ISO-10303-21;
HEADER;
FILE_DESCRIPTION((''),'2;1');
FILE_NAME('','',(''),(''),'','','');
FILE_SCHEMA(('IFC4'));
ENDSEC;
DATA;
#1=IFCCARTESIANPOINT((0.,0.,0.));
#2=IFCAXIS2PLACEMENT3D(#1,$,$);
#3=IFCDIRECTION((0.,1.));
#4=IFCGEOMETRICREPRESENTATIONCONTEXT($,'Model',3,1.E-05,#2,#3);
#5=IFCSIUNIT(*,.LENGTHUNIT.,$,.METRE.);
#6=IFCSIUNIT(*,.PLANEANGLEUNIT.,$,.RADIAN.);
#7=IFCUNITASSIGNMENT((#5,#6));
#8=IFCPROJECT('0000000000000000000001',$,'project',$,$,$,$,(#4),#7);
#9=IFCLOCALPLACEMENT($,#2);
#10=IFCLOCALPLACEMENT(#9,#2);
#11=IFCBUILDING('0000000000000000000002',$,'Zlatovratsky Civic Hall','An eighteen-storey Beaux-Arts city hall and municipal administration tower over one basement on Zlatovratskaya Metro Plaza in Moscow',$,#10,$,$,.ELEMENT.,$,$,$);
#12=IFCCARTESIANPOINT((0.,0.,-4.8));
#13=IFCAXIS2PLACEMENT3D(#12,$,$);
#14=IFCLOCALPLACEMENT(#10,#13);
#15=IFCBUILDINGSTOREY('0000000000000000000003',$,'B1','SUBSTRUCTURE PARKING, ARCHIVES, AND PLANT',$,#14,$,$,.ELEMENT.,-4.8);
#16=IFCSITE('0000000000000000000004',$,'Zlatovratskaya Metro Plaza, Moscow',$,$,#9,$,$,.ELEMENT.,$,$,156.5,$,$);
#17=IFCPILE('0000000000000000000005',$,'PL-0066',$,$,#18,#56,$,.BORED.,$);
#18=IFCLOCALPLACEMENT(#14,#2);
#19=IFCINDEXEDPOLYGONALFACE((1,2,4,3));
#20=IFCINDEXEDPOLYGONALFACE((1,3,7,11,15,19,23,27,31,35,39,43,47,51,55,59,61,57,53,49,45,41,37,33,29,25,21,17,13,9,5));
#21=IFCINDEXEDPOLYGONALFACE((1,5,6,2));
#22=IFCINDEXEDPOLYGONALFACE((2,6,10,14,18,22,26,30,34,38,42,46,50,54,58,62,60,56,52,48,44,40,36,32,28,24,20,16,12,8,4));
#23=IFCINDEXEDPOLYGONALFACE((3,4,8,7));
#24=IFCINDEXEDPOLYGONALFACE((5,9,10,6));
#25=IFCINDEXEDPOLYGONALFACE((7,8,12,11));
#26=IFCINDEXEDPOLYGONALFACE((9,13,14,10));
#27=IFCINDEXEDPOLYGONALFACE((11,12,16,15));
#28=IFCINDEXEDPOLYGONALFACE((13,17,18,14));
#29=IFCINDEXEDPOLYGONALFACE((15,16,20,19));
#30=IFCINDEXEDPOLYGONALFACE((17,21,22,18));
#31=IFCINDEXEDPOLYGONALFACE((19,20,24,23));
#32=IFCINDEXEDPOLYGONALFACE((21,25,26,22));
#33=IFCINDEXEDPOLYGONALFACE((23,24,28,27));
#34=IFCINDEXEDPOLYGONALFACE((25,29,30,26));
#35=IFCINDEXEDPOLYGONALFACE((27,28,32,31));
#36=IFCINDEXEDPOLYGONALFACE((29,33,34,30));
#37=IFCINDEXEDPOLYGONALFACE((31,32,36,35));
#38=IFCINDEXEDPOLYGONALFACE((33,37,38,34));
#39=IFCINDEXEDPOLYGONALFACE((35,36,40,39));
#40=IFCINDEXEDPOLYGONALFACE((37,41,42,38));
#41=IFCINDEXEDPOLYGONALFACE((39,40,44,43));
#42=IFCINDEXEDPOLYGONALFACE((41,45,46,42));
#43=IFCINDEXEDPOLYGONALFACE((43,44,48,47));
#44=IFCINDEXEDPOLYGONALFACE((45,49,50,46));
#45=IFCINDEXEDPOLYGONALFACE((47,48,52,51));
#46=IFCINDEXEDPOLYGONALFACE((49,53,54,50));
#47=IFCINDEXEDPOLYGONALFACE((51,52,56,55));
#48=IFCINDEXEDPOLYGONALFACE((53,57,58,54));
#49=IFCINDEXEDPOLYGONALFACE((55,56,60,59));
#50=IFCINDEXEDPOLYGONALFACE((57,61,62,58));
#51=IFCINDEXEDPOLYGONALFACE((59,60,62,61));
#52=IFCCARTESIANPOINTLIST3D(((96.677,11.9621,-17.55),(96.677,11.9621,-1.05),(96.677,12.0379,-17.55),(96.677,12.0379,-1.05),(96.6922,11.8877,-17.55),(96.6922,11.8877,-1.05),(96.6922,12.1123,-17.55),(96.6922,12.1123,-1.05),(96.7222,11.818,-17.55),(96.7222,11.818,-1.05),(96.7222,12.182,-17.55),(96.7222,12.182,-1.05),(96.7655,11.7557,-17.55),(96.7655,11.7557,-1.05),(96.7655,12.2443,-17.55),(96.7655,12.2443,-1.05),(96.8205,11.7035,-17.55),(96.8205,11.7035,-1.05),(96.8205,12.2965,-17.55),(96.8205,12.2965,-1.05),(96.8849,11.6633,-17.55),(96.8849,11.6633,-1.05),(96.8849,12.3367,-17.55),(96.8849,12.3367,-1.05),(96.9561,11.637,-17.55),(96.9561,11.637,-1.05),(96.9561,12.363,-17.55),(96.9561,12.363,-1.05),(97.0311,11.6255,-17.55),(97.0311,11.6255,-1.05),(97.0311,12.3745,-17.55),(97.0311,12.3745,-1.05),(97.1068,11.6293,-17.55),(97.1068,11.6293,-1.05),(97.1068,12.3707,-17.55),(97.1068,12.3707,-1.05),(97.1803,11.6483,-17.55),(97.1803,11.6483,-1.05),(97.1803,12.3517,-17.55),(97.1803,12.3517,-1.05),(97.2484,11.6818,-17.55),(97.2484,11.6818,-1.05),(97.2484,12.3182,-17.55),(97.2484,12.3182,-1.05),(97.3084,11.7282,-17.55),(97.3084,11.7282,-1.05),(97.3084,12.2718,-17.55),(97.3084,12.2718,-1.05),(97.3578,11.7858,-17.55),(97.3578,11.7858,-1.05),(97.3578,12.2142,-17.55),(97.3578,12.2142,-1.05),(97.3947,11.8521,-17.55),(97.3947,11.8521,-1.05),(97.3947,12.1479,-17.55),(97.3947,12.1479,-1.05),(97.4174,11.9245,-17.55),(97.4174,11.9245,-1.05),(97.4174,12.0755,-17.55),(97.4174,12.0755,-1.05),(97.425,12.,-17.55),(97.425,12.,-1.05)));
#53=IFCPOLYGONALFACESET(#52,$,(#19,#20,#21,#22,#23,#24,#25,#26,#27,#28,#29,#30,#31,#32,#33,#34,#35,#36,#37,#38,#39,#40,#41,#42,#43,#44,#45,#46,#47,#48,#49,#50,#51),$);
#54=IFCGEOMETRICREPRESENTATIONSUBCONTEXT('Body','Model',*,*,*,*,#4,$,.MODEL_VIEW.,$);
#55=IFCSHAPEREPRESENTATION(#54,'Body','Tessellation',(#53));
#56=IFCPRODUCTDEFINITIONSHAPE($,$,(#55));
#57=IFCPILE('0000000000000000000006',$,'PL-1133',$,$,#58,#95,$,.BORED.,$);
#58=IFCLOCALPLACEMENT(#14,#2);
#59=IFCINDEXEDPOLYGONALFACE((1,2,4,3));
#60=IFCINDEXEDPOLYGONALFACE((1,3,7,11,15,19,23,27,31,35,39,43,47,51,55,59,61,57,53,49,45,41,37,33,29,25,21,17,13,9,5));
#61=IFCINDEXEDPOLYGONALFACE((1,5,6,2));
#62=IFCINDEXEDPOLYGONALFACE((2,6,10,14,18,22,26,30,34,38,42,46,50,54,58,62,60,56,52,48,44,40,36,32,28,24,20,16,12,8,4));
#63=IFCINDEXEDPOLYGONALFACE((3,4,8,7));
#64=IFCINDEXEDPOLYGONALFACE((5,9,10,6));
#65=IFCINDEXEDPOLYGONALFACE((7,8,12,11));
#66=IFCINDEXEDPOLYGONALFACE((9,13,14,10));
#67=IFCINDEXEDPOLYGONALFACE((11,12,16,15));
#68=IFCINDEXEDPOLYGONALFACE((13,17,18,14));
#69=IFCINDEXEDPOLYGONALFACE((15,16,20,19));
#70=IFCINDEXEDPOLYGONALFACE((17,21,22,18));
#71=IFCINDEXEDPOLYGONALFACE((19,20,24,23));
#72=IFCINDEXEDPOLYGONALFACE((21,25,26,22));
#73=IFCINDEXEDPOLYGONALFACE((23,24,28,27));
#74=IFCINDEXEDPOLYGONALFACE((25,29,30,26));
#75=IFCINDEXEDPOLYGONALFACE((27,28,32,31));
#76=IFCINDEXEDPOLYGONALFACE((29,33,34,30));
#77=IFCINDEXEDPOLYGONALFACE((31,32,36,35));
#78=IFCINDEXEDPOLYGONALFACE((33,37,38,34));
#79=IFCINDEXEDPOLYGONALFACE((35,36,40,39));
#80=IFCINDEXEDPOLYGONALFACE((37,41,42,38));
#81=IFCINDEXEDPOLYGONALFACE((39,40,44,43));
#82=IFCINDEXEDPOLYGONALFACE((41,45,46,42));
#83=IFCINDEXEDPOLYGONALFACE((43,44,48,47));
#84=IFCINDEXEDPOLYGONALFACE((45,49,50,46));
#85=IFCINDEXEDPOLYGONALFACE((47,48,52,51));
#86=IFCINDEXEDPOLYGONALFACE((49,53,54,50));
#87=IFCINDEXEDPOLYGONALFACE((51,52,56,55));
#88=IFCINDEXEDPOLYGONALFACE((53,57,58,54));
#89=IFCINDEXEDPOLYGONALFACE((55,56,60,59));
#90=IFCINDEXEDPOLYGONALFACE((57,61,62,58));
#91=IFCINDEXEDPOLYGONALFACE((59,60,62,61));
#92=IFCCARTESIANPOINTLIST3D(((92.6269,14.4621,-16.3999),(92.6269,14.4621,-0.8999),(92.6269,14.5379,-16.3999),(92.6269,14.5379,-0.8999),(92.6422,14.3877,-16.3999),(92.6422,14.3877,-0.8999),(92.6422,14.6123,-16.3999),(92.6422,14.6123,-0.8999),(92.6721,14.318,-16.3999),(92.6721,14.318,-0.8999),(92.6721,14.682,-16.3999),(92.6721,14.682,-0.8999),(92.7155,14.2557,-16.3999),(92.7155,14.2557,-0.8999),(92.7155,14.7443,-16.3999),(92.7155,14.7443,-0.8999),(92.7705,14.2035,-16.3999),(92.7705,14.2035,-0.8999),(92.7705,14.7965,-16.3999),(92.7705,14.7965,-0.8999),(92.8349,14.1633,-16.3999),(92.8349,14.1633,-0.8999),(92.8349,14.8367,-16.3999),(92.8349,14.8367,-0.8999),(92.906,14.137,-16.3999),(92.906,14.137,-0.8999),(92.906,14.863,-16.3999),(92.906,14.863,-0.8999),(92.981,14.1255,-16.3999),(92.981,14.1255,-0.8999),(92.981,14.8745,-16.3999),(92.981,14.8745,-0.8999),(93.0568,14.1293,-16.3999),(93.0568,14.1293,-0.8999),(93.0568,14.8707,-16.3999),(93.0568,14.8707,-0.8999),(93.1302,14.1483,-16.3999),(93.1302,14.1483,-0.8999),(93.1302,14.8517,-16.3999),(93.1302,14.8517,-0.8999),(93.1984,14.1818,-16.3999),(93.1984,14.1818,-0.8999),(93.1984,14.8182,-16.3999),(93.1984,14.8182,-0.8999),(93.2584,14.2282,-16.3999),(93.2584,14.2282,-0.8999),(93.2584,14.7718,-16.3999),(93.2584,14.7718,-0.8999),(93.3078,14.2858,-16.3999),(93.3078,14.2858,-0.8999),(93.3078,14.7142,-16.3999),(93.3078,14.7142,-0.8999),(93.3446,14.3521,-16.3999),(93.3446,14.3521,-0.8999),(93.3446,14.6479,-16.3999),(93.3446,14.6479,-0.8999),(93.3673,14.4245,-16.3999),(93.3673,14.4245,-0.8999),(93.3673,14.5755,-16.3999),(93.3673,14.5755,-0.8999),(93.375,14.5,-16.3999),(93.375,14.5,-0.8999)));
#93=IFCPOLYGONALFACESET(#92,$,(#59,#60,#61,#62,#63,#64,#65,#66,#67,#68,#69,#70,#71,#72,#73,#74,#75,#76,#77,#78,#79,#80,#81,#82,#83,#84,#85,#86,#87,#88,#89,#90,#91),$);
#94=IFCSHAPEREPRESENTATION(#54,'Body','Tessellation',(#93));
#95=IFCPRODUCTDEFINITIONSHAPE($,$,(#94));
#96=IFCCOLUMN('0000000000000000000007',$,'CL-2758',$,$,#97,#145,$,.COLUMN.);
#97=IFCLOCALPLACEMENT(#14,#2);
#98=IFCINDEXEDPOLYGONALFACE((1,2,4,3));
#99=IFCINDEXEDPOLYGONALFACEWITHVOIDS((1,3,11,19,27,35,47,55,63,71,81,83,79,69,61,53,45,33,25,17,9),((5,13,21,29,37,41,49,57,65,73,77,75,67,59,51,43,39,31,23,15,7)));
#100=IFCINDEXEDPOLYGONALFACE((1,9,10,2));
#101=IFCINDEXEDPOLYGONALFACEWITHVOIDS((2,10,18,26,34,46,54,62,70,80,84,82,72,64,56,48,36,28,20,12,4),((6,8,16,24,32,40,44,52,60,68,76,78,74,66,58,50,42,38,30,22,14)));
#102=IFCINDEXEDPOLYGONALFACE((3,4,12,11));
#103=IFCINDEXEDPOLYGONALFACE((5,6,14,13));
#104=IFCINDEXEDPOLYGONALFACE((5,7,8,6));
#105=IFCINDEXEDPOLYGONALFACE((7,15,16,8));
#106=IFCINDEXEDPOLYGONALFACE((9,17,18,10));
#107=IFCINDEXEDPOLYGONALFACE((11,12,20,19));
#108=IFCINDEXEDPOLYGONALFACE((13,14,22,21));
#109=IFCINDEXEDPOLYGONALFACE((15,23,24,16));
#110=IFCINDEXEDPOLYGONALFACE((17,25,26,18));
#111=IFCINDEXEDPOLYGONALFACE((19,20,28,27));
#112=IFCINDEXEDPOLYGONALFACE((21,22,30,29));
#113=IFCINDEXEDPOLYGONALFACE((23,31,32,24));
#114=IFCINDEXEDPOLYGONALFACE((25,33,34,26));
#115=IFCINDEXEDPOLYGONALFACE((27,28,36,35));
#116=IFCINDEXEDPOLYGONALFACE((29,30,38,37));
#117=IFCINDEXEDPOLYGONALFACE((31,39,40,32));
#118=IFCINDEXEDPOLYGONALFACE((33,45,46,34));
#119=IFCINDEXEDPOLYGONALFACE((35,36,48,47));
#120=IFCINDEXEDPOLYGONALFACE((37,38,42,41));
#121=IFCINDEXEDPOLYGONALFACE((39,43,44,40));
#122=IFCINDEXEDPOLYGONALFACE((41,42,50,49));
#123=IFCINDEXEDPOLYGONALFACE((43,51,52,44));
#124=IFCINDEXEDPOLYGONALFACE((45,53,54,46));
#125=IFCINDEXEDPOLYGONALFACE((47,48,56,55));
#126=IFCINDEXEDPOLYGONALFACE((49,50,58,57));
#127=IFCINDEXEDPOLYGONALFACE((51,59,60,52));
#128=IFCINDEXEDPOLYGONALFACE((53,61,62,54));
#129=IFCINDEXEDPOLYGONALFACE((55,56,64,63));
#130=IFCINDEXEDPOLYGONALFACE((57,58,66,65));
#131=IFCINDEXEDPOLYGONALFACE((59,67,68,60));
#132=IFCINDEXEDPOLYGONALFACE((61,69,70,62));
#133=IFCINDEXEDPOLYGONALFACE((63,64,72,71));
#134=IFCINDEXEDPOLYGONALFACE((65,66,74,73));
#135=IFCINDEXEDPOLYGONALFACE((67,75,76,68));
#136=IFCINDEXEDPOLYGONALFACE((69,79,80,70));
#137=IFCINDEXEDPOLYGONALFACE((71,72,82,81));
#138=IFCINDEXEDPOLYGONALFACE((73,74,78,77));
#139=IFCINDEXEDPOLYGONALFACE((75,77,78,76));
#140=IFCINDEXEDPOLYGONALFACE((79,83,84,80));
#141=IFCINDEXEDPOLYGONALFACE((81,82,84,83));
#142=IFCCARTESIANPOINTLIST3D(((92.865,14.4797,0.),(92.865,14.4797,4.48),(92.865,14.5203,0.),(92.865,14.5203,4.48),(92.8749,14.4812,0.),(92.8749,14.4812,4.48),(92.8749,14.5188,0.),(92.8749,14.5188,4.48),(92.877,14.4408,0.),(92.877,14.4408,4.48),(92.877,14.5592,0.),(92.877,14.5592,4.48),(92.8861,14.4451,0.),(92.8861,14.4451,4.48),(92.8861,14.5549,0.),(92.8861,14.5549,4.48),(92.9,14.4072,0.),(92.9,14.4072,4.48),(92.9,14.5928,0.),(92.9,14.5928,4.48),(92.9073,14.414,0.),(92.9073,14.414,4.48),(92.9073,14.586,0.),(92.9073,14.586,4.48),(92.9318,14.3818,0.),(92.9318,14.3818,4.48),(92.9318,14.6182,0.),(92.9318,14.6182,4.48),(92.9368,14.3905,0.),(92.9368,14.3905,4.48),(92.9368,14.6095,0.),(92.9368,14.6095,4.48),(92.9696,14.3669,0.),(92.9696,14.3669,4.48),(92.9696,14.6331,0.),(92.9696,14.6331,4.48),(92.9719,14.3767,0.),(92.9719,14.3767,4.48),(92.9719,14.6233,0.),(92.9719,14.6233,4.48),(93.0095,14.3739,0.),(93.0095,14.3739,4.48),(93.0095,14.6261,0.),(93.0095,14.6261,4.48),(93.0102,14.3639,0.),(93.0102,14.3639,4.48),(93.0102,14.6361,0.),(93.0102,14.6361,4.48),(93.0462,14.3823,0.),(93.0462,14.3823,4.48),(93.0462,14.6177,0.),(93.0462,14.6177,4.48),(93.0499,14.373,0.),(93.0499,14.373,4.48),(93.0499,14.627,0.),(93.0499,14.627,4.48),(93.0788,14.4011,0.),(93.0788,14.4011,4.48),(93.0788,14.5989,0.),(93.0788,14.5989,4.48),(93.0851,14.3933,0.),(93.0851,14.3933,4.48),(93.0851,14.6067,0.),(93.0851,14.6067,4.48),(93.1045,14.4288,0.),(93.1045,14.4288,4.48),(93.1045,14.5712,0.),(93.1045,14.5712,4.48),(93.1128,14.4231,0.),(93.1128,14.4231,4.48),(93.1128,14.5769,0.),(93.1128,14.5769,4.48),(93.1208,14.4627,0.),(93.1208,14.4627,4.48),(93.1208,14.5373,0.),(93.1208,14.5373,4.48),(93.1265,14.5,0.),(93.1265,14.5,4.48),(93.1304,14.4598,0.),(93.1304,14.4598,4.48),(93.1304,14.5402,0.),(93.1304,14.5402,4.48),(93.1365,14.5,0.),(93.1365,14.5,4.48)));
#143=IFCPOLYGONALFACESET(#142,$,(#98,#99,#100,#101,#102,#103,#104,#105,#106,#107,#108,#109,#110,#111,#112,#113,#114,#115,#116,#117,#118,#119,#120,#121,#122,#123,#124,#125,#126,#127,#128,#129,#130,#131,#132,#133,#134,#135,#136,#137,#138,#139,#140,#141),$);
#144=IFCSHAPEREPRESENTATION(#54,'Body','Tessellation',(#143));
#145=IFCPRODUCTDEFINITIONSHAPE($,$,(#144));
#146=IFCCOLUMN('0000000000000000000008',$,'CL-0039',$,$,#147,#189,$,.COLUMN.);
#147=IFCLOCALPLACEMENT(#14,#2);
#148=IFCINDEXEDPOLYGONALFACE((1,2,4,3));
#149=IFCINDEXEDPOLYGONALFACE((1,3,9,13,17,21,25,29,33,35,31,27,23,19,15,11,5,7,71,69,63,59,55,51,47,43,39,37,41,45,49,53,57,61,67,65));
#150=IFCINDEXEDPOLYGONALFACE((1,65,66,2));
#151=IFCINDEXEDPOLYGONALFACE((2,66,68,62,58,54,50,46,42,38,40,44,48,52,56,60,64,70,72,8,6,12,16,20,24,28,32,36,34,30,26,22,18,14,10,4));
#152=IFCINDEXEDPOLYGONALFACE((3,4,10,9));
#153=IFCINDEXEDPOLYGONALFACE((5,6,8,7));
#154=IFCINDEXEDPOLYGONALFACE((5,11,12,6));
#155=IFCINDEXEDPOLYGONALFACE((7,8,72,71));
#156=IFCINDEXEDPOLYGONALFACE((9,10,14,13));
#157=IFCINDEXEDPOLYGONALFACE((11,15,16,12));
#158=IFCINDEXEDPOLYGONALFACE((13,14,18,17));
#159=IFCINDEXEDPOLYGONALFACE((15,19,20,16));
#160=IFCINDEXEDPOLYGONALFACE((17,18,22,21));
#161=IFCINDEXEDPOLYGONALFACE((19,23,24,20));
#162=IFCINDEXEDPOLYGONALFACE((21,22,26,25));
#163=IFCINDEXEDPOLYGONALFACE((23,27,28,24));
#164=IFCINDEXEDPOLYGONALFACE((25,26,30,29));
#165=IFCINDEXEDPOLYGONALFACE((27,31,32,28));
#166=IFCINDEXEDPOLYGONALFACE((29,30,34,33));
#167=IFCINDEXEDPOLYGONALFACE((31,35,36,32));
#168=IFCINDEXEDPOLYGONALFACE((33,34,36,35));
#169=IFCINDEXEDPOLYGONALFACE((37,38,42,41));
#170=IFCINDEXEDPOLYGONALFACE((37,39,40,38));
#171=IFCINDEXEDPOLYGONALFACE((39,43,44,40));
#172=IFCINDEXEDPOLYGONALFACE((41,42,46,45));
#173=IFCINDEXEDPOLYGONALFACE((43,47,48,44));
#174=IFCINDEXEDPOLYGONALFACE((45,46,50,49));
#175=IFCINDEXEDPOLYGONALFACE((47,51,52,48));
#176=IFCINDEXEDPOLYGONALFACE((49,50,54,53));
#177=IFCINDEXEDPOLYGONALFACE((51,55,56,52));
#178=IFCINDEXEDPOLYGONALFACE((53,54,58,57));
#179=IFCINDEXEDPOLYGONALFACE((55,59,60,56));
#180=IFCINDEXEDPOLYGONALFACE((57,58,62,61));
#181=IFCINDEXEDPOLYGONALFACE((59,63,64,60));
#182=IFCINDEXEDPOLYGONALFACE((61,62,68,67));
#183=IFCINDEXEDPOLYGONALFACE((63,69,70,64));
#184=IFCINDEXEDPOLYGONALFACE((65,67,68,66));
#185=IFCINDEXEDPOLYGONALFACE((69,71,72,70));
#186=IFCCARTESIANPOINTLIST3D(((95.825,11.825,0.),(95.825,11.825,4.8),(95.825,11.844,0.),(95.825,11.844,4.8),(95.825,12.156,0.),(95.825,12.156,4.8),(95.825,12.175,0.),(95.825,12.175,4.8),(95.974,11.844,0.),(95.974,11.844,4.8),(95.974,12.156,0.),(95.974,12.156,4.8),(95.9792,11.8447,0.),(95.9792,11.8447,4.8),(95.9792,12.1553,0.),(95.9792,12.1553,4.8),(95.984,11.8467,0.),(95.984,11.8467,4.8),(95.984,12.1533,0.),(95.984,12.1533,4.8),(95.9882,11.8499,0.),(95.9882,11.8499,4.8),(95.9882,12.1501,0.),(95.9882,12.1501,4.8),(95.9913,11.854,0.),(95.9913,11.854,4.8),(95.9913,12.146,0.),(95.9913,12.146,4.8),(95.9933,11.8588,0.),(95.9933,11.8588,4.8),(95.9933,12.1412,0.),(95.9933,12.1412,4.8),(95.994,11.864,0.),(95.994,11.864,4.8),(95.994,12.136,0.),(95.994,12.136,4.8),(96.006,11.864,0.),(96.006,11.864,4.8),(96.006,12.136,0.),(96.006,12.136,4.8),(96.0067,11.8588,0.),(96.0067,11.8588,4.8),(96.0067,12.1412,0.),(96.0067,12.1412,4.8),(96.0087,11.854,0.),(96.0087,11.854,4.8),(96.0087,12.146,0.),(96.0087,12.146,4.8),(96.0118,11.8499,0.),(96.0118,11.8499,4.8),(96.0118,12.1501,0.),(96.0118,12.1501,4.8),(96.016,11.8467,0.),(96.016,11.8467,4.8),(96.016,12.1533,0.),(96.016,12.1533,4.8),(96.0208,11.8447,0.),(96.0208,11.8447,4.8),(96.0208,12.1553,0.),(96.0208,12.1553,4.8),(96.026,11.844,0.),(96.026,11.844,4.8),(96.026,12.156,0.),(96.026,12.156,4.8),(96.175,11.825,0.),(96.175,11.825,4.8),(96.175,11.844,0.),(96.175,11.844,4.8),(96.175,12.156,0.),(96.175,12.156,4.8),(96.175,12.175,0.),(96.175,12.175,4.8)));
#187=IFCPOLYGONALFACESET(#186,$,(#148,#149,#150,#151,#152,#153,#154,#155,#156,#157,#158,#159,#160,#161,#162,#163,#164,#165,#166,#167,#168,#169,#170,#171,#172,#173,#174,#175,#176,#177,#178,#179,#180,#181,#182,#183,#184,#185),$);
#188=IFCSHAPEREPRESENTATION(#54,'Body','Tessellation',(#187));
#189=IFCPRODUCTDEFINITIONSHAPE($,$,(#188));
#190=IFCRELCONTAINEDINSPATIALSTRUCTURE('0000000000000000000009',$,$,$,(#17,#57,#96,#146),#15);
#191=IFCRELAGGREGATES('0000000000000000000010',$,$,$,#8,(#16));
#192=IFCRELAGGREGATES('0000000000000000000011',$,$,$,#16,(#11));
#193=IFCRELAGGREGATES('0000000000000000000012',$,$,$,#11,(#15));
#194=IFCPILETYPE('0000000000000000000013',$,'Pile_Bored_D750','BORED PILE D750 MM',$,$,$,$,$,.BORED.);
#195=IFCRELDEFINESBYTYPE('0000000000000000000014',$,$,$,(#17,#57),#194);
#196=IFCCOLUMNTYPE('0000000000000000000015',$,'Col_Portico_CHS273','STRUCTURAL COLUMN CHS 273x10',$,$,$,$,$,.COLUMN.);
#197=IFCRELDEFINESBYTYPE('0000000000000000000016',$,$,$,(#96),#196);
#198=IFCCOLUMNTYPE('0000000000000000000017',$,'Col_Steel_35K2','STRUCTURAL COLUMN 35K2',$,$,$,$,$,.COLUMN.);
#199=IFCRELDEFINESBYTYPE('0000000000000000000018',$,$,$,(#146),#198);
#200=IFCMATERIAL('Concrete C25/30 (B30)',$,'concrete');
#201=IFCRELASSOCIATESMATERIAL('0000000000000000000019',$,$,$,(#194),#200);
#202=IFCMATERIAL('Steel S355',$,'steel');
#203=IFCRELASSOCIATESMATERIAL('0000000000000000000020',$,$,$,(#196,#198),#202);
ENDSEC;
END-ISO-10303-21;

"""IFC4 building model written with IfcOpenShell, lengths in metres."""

from ifc_helpers import new_model, si_unit, direction, frame, origin, origin_2d, place, context, subcontext, project, spatial, circle, hollow_circle, i_section, extrude, material, material_profile, profile_set, type_object, element, save


model = new_model("IFC4")

# Units and contexts
model_context = context("Model", 3, precision=1e-05, world=origin(), true_north=direction((0.0, 1.0)))
body_context = subcontext(model_context, "Body", "Model", "MODEL_VIEW")
ifc_project = project(units=[si_unit("LENGTHUNIT", "METRE"), si_unit("PLANEANGLEUNIT", "RADIAN")], contexts=[model_context])

# Site, building, storey
site_placement = place(None, origin())
site = spatial("IfcSite", under=ifc_project, at=site_placement, Name="Zlatovratskaya Metro Plaza, Moscow", CompositionType="ELEMENT", RefElevation=156.5)
building_placement = place(site_placement, origin())
building = spatial("IfcBuilding", under=site, at=building_placement, Name="Zlatovratsky Civic Hall", Description="An eighteen-storey Beaux-Arts city hall and municipal administration tower over one basement on Zlatovratskaya Metro Plaza in Moscow", CompositionType="ELEMENT")
storey_placement = place(building_placement, frame((0.0, 0.0, -4.8)))
storey = spatial("IfcBuildingStorey", under=building, at=storey_placement, Name="B1", Description="SUBSTRUCTURE PARKING, ARCHIVES, AND PLANT", CompositionType="ELEMENT", Elevation=-4.8)

# Shared definitions
ifc_material_1 = material(Name="Concrete C25/30 (B30)", Category="concrete")

# Piles
ifc_material_profile_1 = material_profile(ifc_material_1, circle(Radius=0.375, at=origin_2d()), Name="PILE D750")
ifc_profile_set_1 = profile_set([ifc_material_profile_1], Name="Concrete C25/30 (B30)")
pile_type_1 = type_object("IfcPileType", Name="Pile_Bored_D750", Description="BORED PILE D750 MM", PredefinedType="BORED", material=ifc_profile_set_1)
for number, where, z_axis, x_axis, name in (
    (1, (97.05, 12.0, -1.05), (0.0, 0.0, -1.0), (1.0, 0.0, 0.0), "PL-0066"),
):
    element("IfcPile", number, at=place(storey_placement, frame(where, z_axis=z_axis, x_axis=x_axis)), inside=storey, type_object=pile_type_1, Name=name, PredefinedType="BORED", context=body_context, shape_type="SweptSolid", body=[
        extrude(circle(Radius=0.375, at=origin_2d()), origin(), (0.0, 0.0, 1.0), 16.5),
    ])
pile_placement = place(storey_placement, frame((93.0, 14.5, -0.8999), z_axis=(0.0, 0.0, -1.0), x_axis=(1.0, 0.0, 0.0)))
element("IfcPile", 2, at=pile_placement, inside=storey, type_object=pile_type_1, Name="PL-1133", PredefinedType="BORED", context=body_context, shape_type="SweptSolid", body=[
    extrude(circle(Radius=0.375, at=origin_2d()), origin(), (0.0, 0.0, 1.0), 15.5),
])

# Columns
ifc_material_2 = material(Name="Steel S355", Category="steel")
ifc_material_profile_2 = material_profile(ifc_material_2, hollow_circle(Radius=0.1365, WallThickness=0.01, at=origin_2d()), Name="CHS 273x10")
ifc_profile_set_2 = profile_set([ifc_material_profile_2], Name="Steel S355")
column_type_1 = type_object("IfcColumnType", Name="Col_Portico_CHS273", Description="STRUCTURAL COLUMN CHS 273x10", PredefinedType="COLUMN", material=ifc_profile_set_2)
column_placement = place(storey_placement, frame((93.0, 14.5, 0.0), z_axis=(0.0, 0.0, 1.0), x_axis=(1.0, 0.0, 0.0)))
element("IfcColumn", 3, at=column_placement, inside=storey, type_object=column_type_1, Name="CL-2758", PredefinedType="COLUMN", context=body_context, shape_type="SweptSolid", body=[
    extrude(hollow_circle(Radius=0.1365, WallThickness=0.01, at=origin_2d()), origin(), (0.0, 0.0, 1.0), 4.48),
])
ifc_material_profile_3 = material_profile(ifc_material_2, i_section(OverallWidth=0.3501, OverallDepth=0.3501, WebThickness=0.012, FlangeThickness=0.019, FilletRadius=0.02, at=origin_2d()), Name="35K2")
ifc_profile_set_3 = profile_set([ifc_material_profile_3], Name="Steel S355")
column_type_2 = type_object("IfcColumnType", Name="Col_Steel_35K2", Description="STRUCTURAL COLUMN 35K2", PredefinedType="COLUMN", material=ifc_profile_set_3)
for number, where, z_axis, x_axis, name in (
    (4, (96.0, 12.0, 0.0), (0.0, 0.0, 1.0), (1.0, 0.0, 0.0), "CL-0039"),
):
    element("IfcColumn", number, at=place(storey_placement, frame(where, z_axis=z_axis, x_axis=x_axis)), inside=storey, type_object=column_type_2, Name=name, PredefinedType="COLUMN", context=body_context, shape_type="SweptSolid", body=[
        extrude(i_section(OverallWidth=0.3501, OverallDepth=0.3501, WebThickness=0.012, FlangeThickness=0.019, FilletRadius=0.02, at=origin_2d()), origin(), (0.0, 0.0, 1.0), 4.8),
    ])

save(model, "model.ifc")
